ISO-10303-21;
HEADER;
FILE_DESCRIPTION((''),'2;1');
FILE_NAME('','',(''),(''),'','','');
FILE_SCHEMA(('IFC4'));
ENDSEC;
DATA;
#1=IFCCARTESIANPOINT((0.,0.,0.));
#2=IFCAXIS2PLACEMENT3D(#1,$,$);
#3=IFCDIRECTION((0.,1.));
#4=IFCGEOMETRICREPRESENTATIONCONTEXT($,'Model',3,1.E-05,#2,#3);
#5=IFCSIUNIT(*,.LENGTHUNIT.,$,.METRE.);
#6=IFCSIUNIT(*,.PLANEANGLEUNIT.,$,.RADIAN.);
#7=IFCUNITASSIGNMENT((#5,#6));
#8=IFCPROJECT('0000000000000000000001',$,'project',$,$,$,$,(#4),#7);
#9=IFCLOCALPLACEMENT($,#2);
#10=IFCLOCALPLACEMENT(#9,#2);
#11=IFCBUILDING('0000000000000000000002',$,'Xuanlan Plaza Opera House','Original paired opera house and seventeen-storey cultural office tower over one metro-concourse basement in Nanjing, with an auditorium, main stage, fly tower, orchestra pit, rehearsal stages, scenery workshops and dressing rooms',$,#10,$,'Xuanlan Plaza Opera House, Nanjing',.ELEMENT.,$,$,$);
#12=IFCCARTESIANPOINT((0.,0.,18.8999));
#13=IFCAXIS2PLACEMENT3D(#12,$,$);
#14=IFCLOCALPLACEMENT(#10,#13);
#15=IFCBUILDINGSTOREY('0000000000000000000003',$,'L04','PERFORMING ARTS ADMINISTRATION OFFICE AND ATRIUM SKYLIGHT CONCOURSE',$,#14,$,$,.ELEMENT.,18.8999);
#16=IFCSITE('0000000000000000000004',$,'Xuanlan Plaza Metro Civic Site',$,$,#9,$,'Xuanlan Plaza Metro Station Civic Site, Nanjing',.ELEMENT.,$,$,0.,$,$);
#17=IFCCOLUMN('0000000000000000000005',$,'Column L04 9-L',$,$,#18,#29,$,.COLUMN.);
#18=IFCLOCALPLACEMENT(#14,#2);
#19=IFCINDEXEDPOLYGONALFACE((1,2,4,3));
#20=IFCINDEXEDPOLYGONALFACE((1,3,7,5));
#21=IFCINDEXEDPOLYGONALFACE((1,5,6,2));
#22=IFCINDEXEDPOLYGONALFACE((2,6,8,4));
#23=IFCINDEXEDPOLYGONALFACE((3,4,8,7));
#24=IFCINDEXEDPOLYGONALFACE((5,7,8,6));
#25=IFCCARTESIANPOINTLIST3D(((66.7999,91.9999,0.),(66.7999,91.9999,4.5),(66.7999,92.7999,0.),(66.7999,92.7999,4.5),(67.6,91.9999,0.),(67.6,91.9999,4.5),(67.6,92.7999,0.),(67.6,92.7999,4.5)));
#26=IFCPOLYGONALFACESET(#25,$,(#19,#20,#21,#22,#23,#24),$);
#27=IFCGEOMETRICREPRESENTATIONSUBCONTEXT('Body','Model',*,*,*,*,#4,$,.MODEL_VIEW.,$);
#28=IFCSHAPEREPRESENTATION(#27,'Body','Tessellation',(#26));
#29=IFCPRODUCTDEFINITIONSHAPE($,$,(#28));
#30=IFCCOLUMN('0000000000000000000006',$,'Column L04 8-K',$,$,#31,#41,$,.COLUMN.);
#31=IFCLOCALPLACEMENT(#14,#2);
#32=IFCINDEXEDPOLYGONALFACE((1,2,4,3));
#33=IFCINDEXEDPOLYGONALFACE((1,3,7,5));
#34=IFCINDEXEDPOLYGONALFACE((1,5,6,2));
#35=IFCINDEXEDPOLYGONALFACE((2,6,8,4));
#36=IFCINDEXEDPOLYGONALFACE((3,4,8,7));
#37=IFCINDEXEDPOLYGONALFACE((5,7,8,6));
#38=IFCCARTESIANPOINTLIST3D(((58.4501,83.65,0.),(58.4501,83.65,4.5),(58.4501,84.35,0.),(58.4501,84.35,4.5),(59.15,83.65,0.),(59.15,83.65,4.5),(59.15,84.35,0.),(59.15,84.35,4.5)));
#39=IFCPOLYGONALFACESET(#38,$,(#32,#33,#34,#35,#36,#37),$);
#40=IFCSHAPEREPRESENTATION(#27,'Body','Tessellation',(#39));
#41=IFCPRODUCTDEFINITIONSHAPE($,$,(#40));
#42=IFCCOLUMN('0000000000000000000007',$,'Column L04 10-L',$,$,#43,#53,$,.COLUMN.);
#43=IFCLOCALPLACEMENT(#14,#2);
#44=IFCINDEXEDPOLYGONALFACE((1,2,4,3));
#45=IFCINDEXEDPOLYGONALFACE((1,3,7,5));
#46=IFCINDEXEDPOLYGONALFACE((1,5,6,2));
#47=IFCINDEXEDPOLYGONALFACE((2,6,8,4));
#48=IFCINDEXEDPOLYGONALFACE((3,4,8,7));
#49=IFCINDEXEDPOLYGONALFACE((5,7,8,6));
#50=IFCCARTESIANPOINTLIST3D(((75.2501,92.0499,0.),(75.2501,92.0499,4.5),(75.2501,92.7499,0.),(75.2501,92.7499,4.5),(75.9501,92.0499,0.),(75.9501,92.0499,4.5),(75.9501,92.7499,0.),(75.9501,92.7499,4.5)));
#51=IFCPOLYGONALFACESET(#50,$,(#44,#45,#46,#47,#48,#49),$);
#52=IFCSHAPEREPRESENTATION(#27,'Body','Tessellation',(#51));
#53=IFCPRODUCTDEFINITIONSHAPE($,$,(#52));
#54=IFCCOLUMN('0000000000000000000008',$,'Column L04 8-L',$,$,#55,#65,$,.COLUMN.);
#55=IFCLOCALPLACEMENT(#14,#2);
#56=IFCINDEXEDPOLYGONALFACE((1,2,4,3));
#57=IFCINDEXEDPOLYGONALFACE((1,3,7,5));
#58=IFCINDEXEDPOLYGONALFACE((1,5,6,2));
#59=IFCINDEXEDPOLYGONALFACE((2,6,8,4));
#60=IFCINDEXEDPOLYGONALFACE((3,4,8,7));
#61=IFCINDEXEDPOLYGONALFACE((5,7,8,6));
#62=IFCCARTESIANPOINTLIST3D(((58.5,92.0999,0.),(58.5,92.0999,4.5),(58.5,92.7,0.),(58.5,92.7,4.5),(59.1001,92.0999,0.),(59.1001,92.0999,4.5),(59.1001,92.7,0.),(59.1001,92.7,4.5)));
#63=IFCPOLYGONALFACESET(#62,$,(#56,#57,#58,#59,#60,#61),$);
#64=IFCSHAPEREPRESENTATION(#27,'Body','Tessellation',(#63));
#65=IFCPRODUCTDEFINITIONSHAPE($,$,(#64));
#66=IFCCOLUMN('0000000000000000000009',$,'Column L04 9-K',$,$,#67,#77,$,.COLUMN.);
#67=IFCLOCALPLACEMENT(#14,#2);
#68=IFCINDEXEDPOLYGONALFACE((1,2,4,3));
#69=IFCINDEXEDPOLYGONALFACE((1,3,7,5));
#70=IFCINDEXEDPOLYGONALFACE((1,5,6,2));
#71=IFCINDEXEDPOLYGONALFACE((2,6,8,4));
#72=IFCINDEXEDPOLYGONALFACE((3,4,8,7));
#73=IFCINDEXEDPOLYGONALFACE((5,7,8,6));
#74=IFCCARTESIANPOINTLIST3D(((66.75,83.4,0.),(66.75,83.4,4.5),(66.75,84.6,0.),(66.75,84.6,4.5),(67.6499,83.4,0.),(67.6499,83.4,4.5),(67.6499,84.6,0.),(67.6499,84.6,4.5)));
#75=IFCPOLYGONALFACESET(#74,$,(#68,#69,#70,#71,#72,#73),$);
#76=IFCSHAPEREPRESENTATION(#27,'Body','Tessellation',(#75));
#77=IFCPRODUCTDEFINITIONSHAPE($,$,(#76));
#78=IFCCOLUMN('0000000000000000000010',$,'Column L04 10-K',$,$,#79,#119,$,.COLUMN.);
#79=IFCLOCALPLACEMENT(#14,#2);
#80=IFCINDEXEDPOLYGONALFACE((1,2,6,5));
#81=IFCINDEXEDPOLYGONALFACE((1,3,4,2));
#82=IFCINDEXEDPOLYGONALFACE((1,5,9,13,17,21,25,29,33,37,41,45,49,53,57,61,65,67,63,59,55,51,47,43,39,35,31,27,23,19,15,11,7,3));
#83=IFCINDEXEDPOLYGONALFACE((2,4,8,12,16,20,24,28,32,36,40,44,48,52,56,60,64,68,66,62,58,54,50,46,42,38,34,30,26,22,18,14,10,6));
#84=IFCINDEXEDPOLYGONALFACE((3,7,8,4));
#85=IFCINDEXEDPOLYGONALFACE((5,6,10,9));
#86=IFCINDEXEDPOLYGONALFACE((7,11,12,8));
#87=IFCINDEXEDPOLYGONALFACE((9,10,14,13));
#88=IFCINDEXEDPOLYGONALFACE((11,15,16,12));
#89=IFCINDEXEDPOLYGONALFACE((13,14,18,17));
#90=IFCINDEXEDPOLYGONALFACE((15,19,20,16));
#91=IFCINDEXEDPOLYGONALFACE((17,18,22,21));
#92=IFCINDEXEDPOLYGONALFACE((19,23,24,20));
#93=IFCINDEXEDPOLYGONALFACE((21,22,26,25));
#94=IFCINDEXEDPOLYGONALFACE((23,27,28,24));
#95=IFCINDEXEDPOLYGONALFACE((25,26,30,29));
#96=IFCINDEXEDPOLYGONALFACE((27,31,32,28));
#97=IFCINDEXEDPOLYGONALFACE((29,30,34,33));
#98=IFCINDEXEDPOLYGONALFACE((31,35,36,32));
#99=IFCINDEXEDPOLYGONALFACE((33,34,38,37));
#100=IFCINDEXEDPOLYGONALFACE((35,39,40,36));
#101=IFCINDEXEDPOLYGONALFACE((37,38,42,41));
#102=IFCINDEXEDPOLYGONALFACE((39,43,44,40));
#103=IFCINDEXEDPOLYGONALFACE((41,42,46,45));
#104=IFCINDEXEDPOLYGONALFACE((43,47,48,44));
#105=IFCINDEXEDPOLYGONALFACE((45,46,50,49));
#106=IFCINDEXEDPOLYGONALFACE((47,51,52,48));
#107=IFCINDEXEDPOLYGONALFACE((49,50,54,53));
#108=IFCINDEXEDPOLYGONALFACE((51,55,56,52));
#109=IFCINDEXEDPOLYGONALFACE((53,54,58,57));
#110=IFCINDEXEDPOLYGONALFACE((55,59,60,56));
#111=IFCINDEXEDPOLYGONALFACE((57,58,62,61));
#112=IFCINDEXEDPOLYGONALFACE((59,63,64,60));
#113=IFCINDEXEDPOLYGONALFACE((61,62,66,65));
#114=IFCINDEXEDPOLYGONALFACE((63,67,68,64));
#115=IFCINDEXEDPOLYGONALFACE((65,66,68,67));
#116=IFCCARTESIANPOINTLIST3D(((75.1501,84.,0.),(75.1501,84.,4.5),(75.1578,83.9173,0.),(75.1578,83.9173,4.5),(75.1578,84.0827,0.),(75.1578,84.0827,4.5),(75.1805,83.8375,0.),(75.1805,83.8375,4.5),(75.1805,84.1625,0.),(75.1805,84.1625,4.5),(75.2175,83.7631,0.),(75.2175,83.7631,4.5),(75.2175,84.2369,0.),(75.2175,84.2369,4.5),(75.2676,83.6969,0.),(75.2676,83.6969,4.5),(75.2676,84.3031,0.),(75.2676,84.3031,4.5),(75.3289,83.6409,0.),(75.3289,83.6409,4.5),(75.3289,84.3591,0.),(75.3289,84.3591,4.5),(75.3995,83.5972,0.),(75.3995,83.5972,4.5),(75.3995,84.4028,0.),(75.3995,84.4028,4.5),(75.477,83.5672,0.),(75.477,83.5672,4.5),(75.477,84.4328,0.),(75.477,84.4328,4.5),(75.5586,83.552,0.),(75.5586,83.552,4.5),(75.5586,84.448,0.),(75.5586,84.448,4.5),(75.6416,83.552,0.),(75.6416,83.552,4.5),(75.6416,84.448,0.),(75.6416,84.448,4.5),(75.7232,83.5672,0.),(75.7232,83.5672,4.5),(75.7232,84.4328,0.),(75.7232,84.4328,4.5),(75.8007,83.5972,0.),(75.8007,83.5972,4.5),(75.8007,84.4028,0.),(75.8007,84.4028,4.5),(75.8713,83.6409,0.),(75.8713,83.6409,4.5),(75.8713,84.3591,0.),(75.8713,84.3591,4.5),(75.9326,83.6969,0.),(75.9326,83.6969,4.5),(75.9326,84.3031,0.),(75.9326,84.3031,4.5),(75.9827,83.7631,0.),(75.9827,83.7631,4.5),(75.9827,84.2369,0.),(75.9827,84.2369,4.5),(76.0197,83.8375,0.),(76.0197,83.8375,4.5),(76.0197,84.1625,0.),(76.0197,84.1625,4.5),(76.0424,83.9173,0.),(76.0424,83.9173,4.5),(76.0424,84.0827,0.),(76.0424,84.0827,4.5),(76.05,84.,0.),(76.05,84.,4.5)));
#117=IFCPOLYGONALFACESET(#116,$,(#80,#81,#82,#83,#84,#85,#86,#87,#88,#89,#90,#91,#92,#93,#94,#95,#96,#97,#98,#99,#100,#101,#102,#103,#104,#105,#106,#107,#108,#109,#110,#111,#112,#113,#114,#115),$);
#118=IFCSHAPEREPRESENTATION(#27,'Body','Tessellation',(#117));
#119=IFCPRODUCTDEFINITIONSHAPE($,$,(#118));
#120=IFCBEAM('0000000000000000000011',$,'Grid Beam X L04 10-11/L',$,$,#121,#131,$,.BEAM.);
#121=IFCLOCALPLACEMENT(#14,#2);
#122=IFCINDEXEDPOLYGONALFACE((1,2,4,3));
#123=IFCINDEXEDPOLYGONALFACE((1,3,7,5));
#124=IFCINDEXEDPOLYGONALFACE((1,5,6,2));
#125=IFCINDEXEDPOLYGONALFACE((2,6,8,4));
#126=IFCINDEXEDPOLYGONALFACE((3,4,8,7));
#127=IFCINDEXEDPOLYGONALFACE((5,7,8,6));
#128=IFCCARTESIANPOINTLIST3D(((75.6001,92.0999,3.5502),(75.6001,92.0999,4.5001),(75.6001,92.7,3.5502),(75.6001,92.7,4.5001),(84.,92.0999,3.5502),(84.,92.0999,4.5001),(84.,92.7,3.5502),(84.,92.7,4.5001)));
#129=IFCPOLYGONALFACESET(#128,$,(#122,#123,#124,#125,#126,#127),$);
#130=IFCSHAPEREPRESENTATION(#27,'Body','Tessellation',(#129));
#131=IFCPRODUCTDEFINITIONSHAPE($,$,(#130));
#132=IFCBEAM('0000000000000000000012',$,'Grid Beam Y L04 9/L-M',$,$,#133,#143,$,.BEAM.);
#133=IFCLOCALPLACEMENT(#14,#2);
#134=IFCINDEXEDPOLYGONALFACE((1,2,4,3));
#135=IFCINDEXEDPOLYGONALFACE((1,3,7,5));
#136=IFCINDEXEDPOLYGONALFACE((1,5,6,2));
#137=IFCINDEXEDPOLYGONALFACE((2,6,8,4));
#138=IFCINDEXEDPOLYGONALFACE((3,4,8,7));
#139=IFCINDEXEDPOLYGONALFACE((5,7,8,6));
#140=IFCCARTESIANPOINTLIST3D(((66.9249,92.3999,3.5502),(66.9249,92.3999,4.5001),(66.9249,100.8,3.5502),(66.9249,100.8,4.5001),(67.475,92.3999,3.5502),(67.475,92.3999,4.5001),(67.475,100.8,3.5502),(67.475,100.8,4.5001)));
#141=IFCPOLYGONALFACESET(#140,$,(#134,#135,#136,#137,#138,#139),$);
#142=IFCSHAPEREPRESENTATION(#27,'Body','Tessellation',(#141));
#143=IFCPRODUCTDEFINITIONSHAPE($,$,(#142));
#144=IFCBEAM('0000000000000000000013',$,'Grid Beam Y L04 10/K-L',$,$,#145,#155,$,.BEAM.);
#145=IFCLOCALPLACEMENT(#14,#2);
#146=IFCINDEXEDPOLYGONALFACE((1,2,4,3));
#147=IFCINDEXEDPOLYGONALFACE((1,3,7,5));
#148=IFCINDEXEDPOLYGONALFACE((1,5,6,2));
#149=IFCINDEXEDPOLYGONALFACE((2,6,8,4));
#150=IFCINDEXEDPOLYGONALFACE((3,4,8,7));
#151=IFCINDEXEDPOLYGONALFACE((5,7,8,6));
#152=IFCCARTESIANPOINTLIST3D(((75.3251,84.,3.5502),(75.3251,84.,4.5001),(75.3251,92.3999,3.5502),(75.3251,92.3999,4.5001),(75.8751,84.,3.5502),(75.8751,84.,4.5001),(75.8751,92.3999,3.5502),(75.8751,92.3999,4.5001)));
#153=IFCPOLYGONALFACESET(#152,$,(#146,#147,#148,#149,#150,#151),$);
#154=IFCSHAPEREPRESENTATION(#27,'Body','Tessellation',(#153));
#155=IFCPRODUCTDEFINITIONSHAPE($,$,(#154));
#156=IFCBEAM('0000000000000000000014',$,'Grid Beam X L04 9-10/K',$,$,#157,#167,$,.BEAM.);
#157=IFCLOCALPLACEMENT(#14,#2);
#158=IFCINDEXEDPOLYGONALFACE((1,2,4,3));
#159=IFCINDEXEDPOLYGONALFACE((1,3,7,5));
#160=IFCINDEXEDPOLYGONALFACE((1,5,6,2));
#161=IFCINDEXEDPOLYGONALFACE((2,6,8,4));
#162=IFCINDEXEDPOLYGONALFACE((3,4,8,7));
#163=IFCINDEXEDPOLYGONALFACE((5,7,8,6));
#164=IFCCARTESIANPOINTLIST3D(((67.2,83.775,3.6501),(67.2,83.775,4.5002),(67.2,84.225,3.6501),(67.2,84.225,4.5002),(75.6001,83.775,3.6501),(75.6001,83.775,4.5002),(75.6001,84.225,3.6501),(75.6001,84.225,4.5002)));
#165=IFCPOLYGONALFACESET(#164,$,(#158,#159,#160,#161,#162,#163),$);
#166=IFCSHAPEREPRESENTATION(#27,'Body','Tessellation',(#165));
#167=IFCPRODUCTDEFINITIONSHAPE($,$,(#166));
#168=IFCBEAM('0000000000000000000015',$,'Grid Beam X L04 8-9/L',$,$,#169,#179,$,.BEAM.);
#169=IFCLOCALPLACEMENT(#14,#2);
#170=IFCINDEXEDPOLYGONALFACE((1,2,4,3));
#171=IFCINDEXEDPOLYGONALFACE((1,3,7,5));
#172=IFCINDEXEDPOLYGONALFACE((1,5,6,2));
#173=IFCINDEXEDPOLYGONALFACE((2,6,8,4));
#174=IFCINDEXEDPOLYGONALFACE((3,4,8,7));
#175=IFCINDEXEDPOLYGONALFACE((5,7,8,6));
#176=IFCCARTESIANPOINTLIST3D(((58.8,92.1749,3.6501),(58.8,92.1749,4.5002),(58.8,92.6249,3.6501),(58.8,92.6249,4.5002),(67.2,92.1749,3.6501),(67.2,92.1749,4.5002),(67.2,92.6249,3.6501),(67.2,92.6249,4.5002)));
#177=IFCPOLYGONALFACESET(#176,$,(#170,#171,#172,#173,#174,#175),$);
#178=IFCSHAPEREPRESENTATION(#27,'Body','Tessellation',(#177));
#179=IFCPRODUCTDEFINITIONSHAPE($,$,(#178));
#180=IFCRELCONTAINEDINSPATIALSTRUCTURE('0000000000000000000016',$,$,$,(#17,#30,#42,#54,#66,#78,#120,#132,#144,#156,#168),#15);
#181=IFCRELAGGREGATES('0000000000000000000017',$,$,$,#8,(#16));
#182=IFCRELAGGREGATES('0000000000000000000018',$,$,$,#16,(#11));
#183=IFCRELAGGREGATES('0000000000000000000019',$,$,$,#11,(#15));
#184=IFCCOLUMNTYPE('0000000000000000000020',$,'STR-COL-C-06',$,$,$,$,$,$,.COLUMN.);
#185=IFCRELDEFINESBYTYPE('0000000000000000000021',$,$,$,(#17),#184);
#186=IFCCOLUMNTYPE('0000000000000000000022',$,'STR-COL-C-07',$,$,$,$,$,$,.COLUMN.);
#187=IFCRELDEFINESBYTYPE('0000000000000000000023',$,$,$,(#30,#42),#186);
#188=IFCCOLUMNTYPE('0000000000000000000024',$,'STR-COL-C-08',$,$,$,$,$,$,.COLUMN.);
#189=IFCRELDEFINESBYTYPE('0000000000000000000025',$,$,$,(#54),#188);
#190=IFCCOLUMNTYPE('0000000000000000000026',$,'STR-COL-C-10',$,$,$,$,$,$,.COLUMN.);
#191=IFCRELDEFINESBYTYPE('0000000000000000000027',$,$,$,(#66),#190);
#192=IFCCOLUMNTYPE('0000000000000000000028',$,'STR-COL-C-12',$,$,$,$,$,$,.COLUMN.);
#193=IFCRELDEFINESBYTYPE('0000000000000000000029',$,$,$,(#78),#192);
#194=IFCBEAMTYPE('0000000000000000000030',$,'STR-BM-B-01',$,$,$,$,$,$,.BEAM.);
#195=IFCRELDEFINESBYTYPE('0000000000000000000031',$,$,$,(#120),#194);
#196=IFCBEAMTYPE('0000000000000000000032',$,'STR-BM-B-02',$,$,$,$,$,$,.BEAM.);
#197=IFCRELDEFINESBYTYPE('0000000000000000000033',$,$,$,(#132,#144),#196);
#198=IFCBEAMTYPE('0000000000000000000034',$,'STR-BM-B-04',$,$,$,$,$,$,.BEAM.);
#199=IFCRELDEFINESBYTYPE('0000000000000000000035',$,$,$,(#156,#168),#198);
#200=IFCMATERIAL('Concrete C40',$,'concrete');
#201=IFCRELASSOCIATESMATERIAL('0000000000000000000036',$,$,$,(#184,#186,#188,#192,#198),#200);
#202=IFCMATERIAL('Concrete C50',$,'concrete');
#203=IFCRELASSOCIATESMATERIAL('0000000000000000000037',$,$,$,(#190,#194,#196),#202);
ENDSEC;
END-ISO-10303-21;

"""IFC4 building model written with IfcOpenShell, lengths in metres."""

from ifc_helpers import new_model, si_unit, direction, frame, origin, origin_2d, place, context, subcontext, project, spatial, rectangle, circle, extrude, material, material_profile, profile_set, type_object, element, save


model = new_model("IFC4")

# Units and contexts
model_context = context("Model", 3, precision=1e-05, world=origin(), true_north=direction((0.0, 1.0)))
body_context = subcontext(model_context, "Body", "Model", "MODEL_VIEW")
ifc_project = project(units=[si_unit("LENGTHUNIT", "METRE"), si_unit("PLANEANGLEUNIT", "RADIAN")], contexts=[model_context])

# Site, building, storey
site_placement = place(None, origin())
site = spatial("IfcSite", under=ifc_project, at=site_placement, Name="Xuanlan Plaza Metro Civic Site", LongName="Xuanlan Plaza Metro Station Civic Site, Nanjing", CompositionType="ELEMENT", RefElevation=0.0)
building_placement = place(site_placement, origin())
building = spatial("IfcBuilding", under=site, at=building_placement, Name="Xuanlan Plaza Opera House", Description="Original paired opera house and seventeen-storey cultural office tower over one metro-concourse basement in Nanjing, with an auditorium, main stage, fly tower, orchestra pit, rehearsal stages, scenery workshops and dressing rooms", LongName="Xuanlan Plaza Opera House, Nanjing", CompositionType="ELEMENT")
storey_placement = place(building_placement, frame((0.0, 0.0, 18.8999)))
storey = spatial("IfcBuildingStorey", under=building, at=storey_placement, Name="L04", Description="PERFORMING ARTS ADMINISTRATION OFFICE AND ATRIUM SKYLIGHT CONCOURSE", CompositionType="ELEMENT", Elevation=18.8999)

# Columns
ifc_material_1 = material(Name="Concrete C40", Category="concrete")
ifc_material_profile_1 = material_profile(ifc_material_1, rectangle(XDim=0.8, YDim=0.8, at=origin_2d()), Name="RC-COL 800x800")
ifc_profile_set_1 = profile_set([ifc_material_profile_1], Name="Concrete C40")
column_type_1 = type_object("IfcColumnType", Name="STR-COL-C-06", PredefinedType="COLUMN", material=ifc_profile_set_1)
column_1_placement = place(storey_placement, frame((67.2, 92.3999, 0.0), z_axis=(0.0, 0.0, 1.0), x_axis=(1.0, 0.0, 0.0)))
element("IfcColumn", 1, at=column_1_placement, inside=storey, type_object=column_type_1, Name="Column L04 9-L", PredefinedType="COLUMN", context=body_context, shape_type="SweptSolid", body=[
    extrude(rectangle(XDim=0.8, YDim=0.8, at=origin_2d()), origin(), (0.0, 0.0, 1.0), 4.5),
])
ifc_material_profile_2 = material_profile(ifc_material_1, rectangle(XDim=0.7, YDim=0.7, at=origin_2d()), Name="RC-COL 700x700")
ifc_profile_set_2 = profile_set([ifc_material_profile_2], Name="Concrete C40")
column_type_2 = type_object("IfcColumnType", Name="STR-COL-C-07", PredefinedType="COLUMN", material=ifc_profile_set_2)
for number, where, z_axis, x_axis, name in (
    (2, (58.8, 84.0, 0.0), (0.0, 0.0, 1.0), (1.0, 0.0, 0.0), "Column L04 8-K"),
    (3, (75.6001, 92.3999, 0.0), (0.0, 0.0, 1.0), (1.0, 0.0, 0.0), "Column L04 10-L"),
):
    element("IfcColumn", number, at=place(storey_placement, frame(where, z_axis=z_axis, x_axis=x_axis)), inside=storey, type_object=column_type_2, Name=name, PredefinedType="COLUMN", context=body_context, shape_type="SweptSolid", body=[
        extrude(rectangle(XDim=0.7, YDim=0.7, at=origin_2d()), origin(), (0.0, 0.0, 1.0), 4.5),
    ])
ifc_material_profile_3 = material_profile(ifc_material_1, rectangle(XDim=0.6001, YDim=0.6001, at=origin_2d()), Name="RC-COL 600x600")
ifc_profile_set_3 = profile_set([ifc_material_profile_3], Name="Concrete C40")
column_type_3 = type_object("IfcColumnType", Name="STR-COL-C-08", PredefinedType="COLUMN", material=ifc_profile_set_3)
column_2_placement = place(storey_placement, frame((58.8, 92.3999, 0.0), z_axis=(0.0, 0.0, 1.0), x_axis=(1.0, 0.0, 0.0)))
element("IfcColumn", 4, at=column_2_placement, inside=storey, type_object=column_type_3, Name="Column L04 8-L", PredefinedType="COLUMN", context=body_context, shape_type="SweptSolid", body=[
    extrude(rectangle(XDim=0.6001, YDim=0.6001, at=origin_2d()), origin(), (0.0, 0.0, 1.0), 4.5),
])
ifc_material_2 = material(Name="Concrete C50", Category="concrete")
ifc_material_profile_4 = material_profile(ifc_material_2, rectangle(XDim=0.8999, YDim=1.2, at=origin_2d()), Name="RC-COL 900x1200")
ifc_profile_set_4 = profile_set([ifc_material_profile_4], Name="Concrete C50")
column_type_4 = type_object("IfcColumnType", Name="STR-COL-C-10", PredefinedType="COLUMN", material=ifc_profile_set_4)
column_3_placement = place(storey_placement, frame((67.2, 84.0, 0.0), z_axis=(0.0, 0.0, 1.0), x_axis=(1.0, 0.0, 0.0)))
element("IfcColumn", 5, at=column_3_placement, inside=storey, type_object=column_type_4, Name="Column L04 9-K", PredefinedType="COLUMN", context=body_context, shape_type="SweptSolid", body=[
    extrude(rectangle(XDim=0.8999, YDim=1.2, at=origin_2d()), origin(), (0.0, 0.0, 1.0), 4.5),
])
ifc_material_profile_5 = material_profile(ifc_material_1, circle(Radius=0.45, at=origin_2d()), Name="RC-COL D900")
ifc_profile_set_5 = profile_set([ifc_material_profile_5], Name="Concrete C40")
column_type_5 = type_object("IfcColumnType", Name="STR-COL-C-12", PredefinedType="COLUMN", material=ifc_profile_set_5)
column_4_placement = place(storey_placement, frame((75.6001, 84.0, 0.0), z_axis=(0.0, 0.0, 1.0), x_axis=(1.0, 0.0, 0.0)))
element("IfcColumn", 6, at=column_4_placement, inside=storey, type_object=column_type_5, Name="Column L04 10-K", PredefinedType="COLUMN", context=body_context, shape_type="SweptSolid", body=[
    extrude(circle(Radius=0.45, at=origin_2d()), origin(), (0.0, 0.0, 1.0), 4.5),
])

# Beams
ifc_material_profile_6 = material_profile(ifc_material_2, rectangle(XDim=0.6001, YDim=0.95, at=origin_2d()), Name="RC-BM 600x950")
ifc_profile_set_6 = profile_set([ifc_material_profile_6], Name="Concrete C50")
beam_type_1 = type_object("IfcBeamType", Name="STR-BM-B-01", PredefinedType="BEAM", material=ifc_profile_set_6)
beam_1_placement = place(storey_placement, frame((75.6001, 92.3999, 4.0251), z_axis=(1.0, 0.0, 0.0), x_axis=(0.0, 1.0, 0.0)))
element("IfcBeam", 7, at=beam_1_placement, inside=storey, type_object=beam_type_1, Name="Grid Beam X L04 10-11/L", PredefinedType="BEAM", context=body_context, shape_type="SweptSolid", body=[
    extrude(rectangle(XDim=0.6001, YDim=0.95, at=origin_2d()), origin(), (0.0, 0.0, 1.0), 8.3999),
])
ifc_material_profile_7 = material_profile(ifc_material_2, rectangle(XDim=0.55, YDim=0.95, at=origin_2d()), Name="RC-BM 550x950")
ifc_profile_set_7 = profile_set([ifc_material_profile_7], Name="Concrete C50")
beam_type_2 = type_object("IfcBeamType", Name="STR-BM-B-02", PredefinedType="BEAM", material=ifc_profile_set_7)
beam_2_placement = place(storey_placement, frame((67.2, 92.3999, 4.0251), z_axis=(0.0, 1.0, 0.0), x_axis=(-1.0, 0.0, 0.0)))
element("IfcBeam", 8, at=beam_2_placement, inside=storey, type_object=beam_type_2, Name="Grid Beam Y L04 9/L-M", PredefinedType="BEAM", context=body_context, shape_type="SweptSolid", body=[
    extrude(rectangle(XDim=0.55, YDim=0.95, at=origin_2d()), origin(), (0.0, 0.0, 1.0), 8.4001),
])
beam_3_placement = place(storey_placement, frame((75.6001, 84.0, 4.0251), z_axis=(0.0, 1.0, 0.0), x_axis=(-1.0, 0.0, 0.0)))
element("IfcBeam", 9, at=beam_3_placement, inside=storey, type_object=beam_type_2, Name="Grid Beam Y L04 10/K-L", PredefinedType="BEAM", context=body_context, shape_type="SweptSolid", body=[
    extrude(rectangle(XDim=0.55, YDim=0.95, at=origin_2d()), origin(), (0.0, 0.0, 1.0), 8.3999),
])
ifc_material_profile_8 = material_profile(ifc_material_1, rectangle(XDim=0.45, YDim=0.8501, at=origin_2d()), Name="RC-BM 450x850")
ifc_profile_set_8 = profile_set([ifc_material_profile_8], Name="Concrete C40")
beam_type_3 = type_object("IfcBeamType", Name="STR-BM-B-04", PredefinedType="BEAM", material=ifc_profile_set_8)
beam_4_placement = place(storey_placement, frame((67.2, 84.0, 4.0752), z_axis=(1.0, 0.0, 0.0), x_axis=(0.0, 1.0, 0.0)))
element("IfcBeam", 10, at=beam_4_placement, inside=storey, type_object=beam_type_3, Name="Grid Beam X L04 9-10/K", PredefinedType="BEAM", context=body_context, shape_type="SweptSolid", body=[
    extrude(rectangle(XDim=0.45, YDim=0.8501, at=origin_2d()), origin(), (0.0, 0.0, 1.0), 8.4001),
])
beam_5_placement = place(storey_placement, frame((58.8, 92.3999, 4.0752), z_axis=(1.0, 0.0, 0.0), x_axis=(0.0, 1.0, 0.0)))
element("IfcBeam", 11, at=beam_5_placement, inside=storey, type_object=beam_type_3, Name="Grid Beam X L04 8-9/L", PredefinedType="BEAM", context=body_context, shape_type="SweptSolid", body=[
    extrude(rectangle(XDim=0.45, YDim=0.8501, at=origin_2d()), origin(), (0.0, 0.0, 1.0), 8.3999),
])

save(model, "model.ifc")
